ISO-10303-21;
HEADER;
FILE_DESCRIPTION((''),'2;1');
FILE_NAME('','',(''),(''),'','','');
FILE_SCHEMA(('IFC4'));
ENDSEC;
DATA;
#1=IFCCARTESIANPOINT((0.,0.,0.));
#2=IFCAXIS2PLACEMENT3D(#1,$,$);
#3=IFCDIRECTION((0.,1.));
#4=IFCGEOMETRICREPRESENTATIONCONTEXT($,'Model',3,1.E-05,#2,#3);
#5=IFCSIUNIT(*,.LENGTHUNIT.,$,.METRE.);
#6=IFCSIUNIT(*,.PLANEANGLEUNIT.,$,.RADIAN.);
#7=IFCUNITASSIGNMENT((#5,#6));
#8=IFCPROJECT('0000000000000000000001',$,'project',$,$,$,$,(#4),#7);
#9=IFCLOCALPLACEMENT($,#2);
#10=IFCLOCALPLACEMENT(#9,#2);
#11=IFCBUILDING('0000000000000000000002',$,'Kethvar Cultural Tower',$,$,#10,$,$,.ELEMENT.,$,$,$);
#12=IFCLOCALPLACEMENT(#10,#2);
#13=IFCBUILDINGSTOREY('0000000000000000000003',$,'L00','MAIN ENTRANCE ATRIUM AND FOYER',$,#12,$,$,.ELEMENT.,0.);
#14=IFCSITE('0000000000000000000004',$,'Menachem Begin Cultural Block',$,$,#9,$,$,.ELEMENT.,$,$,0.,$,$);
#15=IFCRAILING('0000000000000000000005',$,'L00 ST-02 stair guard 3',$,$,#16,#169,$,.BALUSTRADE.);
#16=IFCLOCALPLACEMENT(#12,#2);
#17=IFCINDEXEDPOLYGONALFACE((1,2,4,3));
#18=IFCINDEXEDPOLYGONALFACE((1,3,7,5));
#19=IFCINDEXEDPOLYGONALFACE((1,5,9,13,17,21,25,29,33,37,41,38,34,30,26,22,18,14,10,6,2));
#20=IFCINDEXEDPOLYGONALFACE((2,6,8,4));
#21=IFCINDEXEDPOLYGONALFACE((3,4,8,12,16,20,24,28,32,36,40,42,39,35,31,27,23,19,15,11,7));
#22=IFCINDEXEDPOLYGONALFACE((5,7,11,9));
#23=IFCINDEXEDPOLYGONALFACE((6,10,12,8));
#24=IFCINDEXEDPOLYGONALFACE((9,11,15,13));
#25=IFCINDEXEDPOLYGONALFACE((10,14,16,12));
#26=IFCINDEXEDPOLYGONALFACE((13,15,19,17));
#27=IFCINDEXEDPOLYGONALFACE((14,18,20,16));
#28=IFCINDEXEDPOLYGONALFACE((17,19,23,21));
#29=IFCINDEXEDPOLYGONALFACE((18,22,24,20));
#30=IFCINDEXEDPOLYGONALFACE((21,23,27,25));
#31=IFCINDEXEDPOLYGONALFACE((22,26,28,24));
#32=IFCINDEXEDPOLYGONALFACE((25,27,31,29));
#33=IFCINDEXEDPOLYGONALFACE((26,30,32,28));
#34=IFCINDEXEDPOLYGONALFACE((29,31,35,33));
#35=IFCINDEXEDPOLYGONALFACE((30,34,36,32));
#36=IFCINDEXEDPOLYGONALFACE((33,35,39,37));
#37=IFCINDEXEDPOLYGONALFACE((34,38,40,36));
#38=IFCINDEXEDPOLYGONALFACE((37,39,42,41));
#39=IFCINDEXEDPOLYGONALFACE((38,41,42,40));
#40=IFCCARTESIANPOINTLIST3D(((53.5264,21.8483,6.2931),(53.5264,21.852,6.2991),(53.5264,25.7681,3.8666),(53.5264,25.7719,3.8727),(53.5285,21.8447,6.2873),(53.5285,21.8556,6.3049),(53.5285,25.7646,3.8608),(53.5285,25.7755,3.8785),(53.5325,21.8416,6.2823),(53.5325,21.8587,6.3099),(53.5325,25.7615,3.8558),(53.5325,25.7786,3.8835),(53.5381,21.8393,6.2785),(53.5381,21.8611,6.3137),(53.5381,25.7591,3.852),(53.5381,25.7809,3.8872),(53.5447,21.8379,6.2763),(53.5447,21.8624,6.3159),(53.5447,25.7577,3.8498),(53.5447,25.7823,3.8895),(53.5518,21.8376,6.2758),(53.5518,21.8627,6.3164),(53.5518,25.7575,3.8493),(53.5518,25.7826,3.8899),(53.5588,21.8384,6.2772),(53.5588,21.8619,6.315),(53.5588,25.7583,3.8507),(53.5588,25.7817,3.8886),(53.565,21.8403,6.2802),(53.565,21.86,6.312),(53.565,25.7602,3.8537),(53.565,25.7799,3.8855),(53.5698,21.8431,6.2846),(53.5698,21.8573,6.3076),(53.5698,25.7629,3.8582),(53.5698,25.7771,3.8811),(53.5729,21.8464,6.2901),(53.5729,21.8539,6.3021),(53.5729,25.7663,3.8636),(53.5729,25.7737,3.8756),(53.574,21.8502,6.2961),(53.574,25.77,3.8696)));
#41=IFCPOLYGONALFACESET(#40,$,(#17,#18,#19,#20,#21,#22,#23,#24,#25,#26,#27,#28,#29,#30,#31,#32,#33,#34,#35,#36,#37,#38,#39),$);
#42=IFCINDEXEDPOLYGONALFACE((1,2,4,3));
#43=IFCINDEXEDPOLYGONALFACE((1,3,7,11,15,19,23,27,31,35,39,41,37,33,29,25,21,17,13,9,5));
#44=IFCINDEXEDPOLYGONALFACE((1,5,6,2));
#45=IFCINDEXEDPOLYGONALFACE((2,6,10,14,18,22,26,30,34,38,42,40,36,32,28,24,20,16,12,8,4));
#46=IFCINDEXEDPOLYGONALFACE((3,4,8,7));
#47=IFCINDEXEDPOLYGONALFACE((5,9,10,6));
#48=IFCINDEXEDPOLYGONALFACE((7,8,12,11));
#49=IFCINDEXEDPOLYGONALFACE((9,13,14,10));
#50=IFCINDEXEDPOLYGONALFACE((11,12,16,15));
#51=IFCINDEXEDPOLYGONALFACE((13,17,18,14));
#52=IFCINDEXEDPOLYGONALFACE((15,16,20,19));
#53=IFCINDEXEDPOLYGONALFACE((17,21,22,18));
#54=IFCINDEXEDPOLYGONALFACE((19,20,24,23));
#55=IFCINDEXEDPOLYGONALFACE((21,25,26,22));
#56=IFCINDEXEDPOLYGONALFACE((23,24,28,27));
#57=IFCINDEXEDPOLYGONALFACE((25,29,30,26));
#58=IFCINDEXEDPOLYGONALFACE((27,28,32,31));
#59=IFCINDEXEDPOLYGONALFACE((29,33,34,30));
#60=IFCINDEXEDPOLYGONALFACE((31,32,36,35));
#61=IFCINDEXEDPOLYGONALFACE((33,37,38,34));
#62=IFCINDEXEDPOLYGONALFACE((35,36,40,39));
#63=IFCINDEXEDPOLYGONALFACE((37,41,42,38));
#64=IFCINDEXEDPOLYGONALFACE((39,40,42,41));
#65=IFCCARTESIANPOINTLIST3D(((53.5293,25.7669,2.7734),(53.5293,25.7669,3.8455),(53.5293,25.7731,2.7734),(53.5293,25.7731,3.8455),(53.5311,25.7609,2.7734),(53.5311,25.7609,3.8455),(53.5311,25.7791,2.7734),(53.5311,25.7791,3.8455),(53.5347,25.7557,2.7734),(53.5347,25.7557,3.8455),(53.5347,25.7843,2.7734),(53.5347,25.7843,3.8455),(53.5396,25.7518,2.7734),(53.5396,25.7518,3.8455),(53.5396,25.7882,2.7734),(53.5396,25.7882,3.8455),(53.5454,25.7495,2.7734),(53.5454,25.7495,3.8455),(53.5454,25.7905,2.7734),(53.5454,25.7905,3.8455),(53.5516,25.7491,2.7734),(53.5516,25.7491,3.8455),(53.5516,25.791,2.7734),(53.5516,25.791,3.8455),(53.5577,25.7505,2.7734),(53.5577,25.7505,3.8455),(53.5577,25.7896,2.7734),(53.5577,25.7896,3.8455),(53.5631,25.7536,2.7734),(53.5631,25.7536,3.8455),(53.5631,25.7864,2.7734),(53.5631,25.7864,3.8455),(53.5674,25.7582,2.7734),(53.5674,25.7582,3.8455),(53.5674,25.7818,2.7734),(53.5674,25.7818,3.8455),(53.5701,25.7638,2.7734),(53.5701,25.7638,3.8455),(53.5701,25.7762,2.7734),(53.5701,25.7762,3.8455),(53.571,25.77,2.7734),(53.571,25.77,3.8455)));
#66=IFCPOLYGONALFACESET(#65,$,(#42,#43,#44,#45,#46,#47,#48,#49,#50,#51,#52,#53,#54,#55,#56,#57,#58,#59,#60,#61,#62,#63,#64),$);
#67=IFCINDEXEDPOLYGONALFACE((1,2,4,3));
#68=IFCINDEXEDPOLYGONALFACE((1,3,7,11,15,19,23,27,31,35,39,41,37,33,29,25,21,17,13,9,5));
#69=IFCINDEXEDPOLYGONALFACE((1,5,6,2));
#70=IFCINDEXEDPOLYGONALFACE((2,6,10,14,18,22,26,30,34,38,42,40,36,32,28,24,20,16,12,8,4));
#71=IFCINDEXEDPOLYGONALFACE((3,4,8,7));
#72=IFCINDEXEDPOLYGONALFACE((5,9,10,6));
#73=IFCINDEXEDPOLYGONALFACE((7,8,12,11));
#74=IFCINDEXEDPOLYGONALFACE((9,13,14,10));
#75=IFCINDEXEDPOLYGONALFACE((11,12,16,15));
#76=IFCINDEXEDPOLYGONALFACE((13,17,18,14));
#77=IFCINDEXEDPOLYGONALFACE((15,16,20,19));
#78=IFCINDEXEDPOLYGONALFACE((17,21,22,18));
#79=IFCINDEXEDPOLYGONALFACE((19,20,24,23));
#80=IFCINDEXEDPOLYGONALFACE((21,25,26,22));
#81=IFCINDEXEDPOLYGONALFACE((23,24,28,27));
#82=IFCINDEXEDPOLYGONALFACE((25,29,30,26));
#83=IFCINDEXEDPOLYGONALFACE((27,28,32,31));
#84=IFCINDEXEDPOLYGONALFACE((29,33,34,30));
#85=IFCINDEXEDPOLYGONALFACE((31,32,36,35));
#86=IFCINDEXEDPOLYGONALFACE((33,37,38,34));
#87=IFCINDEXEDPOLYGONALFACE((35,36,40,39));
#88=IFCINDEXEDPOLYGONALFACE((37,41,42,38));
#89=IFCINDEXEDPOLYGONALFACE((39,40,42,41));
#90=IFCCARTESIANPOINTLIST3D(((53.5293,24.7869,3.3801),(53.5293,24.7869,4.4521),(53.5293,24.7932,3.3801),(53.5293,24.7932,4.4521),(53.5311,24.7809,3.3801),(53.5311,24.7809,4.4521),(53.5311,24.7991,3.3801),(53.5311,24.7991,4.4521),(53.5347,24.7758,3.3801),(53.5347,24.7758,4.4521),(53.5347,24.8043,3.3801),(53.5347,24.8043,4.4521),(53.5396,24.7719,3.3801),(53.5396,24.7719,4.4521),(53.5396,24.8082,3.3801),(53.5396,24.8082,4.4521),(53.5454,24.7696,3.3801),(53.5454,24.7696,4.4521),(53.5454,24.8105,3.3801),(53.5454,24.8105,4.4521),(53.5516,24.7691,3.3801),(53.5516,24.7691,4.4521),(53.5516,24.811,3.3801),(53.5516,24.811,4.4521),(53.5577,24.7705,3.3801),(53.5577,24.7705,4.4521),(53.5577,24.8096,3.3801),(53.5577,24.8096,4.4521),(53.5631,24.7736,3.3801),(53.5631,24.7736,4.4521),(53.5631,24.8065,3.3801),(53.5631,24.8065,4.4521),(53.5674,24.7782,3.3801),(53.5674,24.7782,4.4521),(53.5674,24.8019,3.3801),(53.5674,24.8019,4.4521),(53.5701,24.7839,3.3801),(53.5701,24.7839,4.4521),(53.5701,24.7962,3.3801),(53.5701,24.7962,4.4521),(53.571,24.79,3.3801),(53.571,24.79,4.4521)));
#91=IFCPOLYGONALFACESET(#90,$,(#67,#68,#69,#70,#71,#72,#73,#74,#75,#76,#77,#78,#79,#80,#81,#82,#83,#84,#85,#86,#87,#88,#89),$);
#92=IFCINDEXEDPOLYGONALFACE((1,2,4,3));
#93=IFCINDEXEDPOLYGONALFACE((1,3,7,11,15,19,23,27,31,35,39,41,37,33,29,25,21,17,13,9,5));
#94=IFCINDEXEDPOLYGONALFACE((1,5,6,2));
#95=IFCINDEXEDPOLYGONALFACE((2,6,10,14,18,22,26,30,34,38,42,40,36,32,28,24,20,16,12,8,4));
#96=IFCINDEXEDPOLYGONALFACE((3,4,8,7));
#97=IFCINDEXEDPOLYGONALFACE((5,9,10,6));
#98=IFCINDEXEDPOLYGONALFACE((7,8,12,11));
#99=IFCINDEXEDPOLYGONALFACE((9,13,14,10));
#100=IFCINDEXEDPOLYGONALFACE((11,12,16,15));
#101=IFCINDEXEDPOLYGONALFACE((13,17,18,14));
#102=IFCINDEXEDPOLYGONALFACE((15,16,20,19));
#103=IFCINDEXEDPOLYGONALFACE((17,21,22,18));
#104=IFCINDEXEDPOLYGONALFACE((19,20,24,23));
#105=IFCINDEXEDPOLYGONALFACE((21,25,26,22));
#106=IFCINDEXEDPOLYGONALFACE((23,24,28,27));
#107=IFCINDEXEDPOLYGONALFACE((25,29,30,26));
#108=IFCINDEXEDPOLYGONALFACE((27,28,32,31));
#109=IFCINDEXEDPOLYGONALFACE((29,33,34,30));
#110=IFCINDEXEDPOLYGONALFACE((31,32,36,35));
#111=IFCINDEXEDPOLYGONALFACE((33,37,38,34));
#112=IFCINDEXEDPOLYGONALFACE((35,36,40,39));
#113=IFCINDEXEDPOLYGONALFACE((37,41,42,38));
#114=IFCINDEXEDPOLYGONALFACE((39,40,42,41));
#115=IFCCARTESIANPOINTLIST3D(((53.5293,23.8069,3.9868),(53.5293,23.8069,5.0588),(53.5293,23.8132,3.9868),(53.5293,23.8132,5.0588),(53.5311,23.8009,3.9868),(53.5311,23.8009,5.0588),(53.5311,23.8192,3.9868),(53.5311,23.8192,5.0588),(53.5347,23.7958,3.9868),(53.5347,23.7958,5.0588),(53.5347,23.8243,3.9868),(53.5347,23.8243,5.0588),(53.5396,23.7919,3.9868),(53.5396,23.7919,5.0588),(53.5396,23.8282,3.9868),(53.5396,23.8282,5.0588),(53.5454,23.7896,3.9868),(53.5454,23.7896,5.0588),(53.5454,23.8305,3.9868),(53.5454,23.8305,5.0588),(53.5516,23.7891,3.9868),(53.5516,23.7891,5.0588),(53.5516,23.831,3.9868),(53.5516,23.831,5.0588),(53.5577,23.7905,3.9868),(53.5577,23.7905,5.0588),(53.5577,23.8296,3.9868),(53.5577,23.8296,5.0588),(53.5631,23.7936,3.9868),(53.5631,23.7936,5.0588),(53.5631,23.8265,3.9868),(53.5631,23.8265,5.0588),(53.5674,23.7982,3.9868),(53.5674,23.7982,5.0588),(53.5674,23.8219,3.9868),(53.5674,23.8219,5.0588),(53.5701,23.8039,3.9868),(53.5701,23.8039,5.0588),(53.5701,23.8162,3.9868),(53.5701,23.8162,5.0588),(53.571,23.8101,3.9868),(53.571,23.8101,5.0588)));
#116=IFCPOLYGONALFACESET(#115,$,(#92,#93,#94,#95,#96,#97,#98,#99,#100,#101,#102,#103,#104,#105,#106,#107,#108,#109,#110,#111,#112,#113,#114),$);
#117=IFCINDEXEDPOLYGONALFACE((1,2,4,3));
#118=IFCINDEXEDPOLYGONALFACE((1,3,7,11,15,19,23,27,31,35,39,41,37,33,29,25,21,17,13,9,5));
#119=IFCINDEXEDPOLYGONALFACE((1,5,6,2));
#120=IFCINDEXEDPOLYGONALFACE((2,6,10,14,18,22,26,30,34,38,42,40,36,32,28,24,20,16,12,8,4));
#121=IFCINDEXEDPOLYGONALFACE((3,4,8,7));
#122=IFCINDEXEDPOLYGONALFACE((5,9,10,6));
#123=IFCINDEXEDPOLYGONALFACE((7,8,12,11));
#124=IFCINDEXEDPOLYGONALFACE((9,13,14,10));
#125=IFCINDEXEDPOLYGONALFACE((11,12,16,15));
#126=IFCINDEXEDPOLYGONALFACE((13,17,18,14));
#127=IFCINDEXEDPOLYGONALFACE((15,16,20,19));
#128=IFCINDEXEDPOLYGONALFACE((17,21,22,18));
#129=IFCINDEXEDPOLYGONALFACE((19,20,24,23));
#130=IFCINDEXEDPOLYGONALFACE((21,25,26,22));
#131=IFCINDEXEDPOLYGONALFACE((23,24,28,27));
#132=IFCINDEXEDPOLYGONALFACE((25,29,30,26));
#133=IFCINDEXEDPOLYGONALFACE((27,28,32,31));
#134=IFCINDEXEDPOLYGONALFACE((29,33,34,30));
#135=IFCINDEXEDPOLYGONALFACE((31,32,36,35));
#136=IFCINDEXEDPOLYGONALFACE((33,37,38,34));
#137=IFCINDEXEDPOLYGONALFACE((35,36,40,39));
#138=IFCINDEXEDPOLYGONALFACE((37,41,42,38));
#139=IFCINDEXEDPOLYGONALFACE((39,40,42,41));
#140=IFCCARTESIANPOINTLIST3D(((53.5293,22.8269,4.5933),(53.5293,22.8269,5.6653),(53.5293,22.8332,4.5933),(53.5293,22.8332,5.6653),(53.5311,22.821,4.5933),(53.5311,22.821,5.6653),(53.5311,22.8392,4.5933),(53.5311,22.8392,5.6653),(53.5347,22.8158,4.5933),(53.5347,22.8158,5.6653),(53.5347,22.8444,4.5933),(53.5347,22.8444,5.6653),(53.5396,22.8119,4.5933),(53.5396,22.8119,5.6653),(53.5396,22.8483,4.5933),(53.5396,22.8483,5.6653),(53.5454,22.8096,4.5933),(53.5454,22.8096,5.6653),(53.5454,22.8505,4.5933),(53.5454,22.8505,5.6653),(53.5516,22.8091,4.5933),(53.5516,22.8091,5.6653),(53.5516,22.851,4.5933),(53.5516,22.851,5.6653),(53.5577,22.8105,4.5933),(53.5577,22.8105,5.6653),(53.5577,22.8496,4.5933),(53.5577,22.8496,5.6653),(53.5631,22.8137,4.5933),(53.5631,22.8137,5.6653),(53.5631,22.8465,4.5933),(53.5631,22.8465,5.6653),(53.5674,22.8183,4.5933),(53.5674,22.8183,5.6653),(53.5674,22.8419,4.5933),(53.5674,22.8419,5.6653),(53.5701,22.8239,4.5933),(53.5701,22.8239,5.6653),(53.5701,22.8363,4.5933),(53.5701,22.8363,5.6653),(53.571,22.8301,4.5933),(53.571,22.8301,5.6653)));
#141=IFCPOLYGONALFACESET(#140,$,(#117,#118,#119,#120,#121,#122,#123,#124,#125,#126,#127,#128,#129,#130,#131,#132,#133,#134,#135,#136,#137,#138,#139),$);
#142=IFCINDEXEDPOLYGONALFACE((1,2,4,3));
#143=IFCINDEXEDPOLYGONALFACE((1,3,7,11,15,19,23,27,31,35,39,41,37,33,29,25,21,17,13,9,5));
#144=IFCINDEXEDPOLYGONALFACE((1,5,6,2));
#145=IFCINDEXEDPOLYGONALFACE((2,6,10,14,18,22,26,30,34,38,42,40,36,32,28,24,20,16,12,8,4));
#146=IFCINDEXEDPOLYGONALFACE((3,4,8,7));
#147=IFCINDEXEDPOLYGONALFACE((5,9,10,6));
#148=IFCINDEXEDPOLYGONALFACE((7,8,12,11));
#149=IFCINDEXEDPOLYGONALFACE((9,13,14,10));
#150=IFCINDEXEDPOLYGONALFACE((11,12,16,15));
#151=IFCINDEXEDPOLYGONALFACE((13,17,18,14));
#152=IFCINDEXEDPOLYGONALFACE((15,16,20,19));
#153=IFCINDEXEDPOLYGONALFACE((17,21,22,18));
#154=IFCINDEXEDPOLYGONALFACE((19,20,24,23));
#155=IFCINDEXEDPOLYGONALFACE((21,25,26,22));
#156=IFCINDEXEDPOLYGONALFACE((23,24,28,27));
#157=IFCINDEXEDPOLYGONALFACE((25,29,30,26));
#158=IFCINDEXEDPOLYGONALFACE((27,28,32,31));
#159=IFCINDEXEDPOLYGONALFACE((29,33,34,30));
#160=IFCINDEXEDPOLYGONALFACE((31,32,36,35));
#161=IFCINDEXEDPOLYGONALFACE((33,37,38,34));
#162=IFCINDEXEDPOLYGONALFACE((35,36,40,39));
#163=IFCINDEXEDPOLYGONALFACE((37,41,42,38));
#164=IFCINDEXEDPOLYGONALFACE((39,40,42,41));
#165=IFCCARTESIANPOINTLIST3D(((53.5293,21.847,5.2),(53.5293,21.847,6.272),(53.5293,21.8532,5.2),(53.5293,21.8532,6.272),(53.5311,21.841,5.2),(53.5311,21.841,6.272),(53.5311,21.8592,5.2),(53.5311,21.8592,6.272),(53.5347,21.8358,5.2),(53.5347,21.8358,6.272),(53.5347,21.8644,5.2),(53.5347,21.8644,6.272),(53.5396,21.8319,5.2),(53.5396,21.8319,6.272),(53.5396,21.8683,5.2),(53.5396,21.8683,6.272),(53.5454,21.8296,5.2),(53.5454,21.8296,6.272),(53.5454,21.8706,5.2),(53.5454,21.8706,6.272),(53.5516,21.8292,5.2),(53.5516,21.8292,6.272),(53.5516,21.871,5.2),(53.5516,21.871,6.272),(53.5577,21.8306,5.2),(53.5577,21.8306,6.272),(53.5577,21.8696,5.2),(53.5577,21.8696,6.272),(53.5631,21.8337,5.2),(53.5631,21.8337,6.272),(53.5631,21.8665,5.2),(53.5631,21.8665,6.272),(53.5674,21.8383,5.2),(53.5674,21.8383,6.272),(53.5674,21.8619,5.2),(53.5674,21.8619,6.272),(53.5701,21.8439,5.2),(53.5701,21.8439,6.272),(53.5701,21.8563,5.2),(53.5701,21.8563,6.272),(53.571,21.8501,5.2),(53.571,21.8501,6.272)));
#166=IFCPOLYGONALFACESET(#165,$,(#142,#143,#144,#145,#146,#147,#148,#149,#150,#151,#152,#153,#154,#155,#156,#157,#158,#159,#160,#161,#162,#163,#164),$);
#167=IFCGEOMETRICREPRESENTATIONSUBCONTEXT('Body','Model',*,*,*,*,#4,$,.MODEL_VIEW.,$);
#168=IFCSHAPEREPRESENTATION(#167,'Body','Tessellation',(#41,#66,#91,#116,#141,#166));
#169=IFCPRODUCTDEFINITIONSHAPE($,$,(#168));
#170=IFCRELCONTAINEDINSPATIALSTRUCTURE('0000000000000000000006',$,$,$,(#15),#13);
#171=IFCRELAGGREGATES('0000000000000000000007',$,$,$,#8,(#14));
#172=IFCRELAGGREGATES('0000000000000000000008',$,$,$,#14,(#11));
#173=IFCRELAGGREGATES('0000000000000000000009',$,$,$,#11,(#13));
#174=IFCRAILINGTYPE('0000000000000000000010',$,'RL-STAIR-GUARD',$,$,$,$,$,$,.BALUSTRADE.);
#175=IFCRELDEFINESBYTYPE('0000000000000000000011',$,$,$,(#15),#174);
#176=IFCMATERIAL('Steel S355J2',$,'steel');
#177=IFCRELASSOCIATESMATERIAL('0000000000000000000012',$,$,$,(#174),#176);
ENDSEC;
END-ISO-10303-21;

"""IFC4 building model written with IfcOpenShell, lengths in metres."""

from ifc_helpers import new_model, si_unit, direction, frame, origin, origin_2d, place, context, subcontext, project, spatial, circle, extrude, material, type_object, element, save


model = new_model("IFC4")

# Units and contexts
model_context = context("Model", 3, precision=1e-05, world=origin(), true_north=direction((0.0, 1.0)))
body_context = subcontext(model_context, "Body", "Model", "MODEL_VIEW")
ifc_project = project(units=[si_unit("LENGTHUNIT", "METRE"), si_unit("PLANEANGLEUNIT", "RADIAN")], contexts=[model_context])

# Site, building, storey
site_placement = place(None, origin())
site = spatial("IfcSite", under=ifc_project, at=site_placement, Name="Menachem Begin Cultural Block", CompositionType="ELEMENT", RefElevation=0.0)
building_placement = place(site_placement, origin())
building = spatial("IfcBuilding", under=site, at=building_placement, Name="Kethvar Cultural Tower", CompositionType="ELEMENT")
storey_placement = place(building_placement, origin())
storey = spatial("IfcBuildingStorey", under=building, at=storey_placement, Name="L00", Description="MAIN ENTRANCE ATRIUM AND FOYER", CompositionType="ELEMENT", Elevation=0.0)

# Shared definitions
ifc_material_1 = material(Name="Steel S355J2", Category="steel")

# Railing
railing_type_1 = type_object("IfcRailingType", Name="RL-STAIR-GUARD", PredefinedType="BALUSTRADE", material=ifc_material_1)
railing_1_placement = place(storey_placement, frame((53.55, 25.77, 2.7734)))
element("IfcRailing", 1, at=railing_1_placement, inside=storey, type_object=railing_type_1, Name="L00 ST-02 stair guard 3", PredefinedType="BALUSTRADE", context=body_context, shape_type="SweptSolid", body=[
    extrude(circle(Radius=0.0239, at=origin_2d()), frame((0.0, 0.0, 1.0962), z_axis=(0.0, -0.850275, 0.526338), x_axis=(1.0, 0.0, 0.0)), (0.0, 0.0, 1.0), 4.6101),
    extrude(circle(Radius=0.021, at=origin_2d()), origin(), (0.0, 0.0, 1.0), 1.072),
    extrude(circle(Radius=0.021, at=origin_2d()), frame((0.0, -0.98, 0.6067)), (0.0, 0.0, 1.0), 1.072),
    extrude(circle(Radius=0.021, at=origin_2d()), frame((0.0, -1.96, 1.2134)), (0.0, 0.0, 1.0), 1.072),
    extrude(circle(Radius=0.021, at=origin_2d()), frame((0.0, -2.9399, 1.8198)), (0.0, 0.0, 1.0), 1.072),
    extrude(circle(Radius=0.021, at=origin_2d()), frame((0.0, -3.9199, 2.4265)), (0.0, 0.0, 1.0), 1.072),
])

save(model, "model.ifc")
